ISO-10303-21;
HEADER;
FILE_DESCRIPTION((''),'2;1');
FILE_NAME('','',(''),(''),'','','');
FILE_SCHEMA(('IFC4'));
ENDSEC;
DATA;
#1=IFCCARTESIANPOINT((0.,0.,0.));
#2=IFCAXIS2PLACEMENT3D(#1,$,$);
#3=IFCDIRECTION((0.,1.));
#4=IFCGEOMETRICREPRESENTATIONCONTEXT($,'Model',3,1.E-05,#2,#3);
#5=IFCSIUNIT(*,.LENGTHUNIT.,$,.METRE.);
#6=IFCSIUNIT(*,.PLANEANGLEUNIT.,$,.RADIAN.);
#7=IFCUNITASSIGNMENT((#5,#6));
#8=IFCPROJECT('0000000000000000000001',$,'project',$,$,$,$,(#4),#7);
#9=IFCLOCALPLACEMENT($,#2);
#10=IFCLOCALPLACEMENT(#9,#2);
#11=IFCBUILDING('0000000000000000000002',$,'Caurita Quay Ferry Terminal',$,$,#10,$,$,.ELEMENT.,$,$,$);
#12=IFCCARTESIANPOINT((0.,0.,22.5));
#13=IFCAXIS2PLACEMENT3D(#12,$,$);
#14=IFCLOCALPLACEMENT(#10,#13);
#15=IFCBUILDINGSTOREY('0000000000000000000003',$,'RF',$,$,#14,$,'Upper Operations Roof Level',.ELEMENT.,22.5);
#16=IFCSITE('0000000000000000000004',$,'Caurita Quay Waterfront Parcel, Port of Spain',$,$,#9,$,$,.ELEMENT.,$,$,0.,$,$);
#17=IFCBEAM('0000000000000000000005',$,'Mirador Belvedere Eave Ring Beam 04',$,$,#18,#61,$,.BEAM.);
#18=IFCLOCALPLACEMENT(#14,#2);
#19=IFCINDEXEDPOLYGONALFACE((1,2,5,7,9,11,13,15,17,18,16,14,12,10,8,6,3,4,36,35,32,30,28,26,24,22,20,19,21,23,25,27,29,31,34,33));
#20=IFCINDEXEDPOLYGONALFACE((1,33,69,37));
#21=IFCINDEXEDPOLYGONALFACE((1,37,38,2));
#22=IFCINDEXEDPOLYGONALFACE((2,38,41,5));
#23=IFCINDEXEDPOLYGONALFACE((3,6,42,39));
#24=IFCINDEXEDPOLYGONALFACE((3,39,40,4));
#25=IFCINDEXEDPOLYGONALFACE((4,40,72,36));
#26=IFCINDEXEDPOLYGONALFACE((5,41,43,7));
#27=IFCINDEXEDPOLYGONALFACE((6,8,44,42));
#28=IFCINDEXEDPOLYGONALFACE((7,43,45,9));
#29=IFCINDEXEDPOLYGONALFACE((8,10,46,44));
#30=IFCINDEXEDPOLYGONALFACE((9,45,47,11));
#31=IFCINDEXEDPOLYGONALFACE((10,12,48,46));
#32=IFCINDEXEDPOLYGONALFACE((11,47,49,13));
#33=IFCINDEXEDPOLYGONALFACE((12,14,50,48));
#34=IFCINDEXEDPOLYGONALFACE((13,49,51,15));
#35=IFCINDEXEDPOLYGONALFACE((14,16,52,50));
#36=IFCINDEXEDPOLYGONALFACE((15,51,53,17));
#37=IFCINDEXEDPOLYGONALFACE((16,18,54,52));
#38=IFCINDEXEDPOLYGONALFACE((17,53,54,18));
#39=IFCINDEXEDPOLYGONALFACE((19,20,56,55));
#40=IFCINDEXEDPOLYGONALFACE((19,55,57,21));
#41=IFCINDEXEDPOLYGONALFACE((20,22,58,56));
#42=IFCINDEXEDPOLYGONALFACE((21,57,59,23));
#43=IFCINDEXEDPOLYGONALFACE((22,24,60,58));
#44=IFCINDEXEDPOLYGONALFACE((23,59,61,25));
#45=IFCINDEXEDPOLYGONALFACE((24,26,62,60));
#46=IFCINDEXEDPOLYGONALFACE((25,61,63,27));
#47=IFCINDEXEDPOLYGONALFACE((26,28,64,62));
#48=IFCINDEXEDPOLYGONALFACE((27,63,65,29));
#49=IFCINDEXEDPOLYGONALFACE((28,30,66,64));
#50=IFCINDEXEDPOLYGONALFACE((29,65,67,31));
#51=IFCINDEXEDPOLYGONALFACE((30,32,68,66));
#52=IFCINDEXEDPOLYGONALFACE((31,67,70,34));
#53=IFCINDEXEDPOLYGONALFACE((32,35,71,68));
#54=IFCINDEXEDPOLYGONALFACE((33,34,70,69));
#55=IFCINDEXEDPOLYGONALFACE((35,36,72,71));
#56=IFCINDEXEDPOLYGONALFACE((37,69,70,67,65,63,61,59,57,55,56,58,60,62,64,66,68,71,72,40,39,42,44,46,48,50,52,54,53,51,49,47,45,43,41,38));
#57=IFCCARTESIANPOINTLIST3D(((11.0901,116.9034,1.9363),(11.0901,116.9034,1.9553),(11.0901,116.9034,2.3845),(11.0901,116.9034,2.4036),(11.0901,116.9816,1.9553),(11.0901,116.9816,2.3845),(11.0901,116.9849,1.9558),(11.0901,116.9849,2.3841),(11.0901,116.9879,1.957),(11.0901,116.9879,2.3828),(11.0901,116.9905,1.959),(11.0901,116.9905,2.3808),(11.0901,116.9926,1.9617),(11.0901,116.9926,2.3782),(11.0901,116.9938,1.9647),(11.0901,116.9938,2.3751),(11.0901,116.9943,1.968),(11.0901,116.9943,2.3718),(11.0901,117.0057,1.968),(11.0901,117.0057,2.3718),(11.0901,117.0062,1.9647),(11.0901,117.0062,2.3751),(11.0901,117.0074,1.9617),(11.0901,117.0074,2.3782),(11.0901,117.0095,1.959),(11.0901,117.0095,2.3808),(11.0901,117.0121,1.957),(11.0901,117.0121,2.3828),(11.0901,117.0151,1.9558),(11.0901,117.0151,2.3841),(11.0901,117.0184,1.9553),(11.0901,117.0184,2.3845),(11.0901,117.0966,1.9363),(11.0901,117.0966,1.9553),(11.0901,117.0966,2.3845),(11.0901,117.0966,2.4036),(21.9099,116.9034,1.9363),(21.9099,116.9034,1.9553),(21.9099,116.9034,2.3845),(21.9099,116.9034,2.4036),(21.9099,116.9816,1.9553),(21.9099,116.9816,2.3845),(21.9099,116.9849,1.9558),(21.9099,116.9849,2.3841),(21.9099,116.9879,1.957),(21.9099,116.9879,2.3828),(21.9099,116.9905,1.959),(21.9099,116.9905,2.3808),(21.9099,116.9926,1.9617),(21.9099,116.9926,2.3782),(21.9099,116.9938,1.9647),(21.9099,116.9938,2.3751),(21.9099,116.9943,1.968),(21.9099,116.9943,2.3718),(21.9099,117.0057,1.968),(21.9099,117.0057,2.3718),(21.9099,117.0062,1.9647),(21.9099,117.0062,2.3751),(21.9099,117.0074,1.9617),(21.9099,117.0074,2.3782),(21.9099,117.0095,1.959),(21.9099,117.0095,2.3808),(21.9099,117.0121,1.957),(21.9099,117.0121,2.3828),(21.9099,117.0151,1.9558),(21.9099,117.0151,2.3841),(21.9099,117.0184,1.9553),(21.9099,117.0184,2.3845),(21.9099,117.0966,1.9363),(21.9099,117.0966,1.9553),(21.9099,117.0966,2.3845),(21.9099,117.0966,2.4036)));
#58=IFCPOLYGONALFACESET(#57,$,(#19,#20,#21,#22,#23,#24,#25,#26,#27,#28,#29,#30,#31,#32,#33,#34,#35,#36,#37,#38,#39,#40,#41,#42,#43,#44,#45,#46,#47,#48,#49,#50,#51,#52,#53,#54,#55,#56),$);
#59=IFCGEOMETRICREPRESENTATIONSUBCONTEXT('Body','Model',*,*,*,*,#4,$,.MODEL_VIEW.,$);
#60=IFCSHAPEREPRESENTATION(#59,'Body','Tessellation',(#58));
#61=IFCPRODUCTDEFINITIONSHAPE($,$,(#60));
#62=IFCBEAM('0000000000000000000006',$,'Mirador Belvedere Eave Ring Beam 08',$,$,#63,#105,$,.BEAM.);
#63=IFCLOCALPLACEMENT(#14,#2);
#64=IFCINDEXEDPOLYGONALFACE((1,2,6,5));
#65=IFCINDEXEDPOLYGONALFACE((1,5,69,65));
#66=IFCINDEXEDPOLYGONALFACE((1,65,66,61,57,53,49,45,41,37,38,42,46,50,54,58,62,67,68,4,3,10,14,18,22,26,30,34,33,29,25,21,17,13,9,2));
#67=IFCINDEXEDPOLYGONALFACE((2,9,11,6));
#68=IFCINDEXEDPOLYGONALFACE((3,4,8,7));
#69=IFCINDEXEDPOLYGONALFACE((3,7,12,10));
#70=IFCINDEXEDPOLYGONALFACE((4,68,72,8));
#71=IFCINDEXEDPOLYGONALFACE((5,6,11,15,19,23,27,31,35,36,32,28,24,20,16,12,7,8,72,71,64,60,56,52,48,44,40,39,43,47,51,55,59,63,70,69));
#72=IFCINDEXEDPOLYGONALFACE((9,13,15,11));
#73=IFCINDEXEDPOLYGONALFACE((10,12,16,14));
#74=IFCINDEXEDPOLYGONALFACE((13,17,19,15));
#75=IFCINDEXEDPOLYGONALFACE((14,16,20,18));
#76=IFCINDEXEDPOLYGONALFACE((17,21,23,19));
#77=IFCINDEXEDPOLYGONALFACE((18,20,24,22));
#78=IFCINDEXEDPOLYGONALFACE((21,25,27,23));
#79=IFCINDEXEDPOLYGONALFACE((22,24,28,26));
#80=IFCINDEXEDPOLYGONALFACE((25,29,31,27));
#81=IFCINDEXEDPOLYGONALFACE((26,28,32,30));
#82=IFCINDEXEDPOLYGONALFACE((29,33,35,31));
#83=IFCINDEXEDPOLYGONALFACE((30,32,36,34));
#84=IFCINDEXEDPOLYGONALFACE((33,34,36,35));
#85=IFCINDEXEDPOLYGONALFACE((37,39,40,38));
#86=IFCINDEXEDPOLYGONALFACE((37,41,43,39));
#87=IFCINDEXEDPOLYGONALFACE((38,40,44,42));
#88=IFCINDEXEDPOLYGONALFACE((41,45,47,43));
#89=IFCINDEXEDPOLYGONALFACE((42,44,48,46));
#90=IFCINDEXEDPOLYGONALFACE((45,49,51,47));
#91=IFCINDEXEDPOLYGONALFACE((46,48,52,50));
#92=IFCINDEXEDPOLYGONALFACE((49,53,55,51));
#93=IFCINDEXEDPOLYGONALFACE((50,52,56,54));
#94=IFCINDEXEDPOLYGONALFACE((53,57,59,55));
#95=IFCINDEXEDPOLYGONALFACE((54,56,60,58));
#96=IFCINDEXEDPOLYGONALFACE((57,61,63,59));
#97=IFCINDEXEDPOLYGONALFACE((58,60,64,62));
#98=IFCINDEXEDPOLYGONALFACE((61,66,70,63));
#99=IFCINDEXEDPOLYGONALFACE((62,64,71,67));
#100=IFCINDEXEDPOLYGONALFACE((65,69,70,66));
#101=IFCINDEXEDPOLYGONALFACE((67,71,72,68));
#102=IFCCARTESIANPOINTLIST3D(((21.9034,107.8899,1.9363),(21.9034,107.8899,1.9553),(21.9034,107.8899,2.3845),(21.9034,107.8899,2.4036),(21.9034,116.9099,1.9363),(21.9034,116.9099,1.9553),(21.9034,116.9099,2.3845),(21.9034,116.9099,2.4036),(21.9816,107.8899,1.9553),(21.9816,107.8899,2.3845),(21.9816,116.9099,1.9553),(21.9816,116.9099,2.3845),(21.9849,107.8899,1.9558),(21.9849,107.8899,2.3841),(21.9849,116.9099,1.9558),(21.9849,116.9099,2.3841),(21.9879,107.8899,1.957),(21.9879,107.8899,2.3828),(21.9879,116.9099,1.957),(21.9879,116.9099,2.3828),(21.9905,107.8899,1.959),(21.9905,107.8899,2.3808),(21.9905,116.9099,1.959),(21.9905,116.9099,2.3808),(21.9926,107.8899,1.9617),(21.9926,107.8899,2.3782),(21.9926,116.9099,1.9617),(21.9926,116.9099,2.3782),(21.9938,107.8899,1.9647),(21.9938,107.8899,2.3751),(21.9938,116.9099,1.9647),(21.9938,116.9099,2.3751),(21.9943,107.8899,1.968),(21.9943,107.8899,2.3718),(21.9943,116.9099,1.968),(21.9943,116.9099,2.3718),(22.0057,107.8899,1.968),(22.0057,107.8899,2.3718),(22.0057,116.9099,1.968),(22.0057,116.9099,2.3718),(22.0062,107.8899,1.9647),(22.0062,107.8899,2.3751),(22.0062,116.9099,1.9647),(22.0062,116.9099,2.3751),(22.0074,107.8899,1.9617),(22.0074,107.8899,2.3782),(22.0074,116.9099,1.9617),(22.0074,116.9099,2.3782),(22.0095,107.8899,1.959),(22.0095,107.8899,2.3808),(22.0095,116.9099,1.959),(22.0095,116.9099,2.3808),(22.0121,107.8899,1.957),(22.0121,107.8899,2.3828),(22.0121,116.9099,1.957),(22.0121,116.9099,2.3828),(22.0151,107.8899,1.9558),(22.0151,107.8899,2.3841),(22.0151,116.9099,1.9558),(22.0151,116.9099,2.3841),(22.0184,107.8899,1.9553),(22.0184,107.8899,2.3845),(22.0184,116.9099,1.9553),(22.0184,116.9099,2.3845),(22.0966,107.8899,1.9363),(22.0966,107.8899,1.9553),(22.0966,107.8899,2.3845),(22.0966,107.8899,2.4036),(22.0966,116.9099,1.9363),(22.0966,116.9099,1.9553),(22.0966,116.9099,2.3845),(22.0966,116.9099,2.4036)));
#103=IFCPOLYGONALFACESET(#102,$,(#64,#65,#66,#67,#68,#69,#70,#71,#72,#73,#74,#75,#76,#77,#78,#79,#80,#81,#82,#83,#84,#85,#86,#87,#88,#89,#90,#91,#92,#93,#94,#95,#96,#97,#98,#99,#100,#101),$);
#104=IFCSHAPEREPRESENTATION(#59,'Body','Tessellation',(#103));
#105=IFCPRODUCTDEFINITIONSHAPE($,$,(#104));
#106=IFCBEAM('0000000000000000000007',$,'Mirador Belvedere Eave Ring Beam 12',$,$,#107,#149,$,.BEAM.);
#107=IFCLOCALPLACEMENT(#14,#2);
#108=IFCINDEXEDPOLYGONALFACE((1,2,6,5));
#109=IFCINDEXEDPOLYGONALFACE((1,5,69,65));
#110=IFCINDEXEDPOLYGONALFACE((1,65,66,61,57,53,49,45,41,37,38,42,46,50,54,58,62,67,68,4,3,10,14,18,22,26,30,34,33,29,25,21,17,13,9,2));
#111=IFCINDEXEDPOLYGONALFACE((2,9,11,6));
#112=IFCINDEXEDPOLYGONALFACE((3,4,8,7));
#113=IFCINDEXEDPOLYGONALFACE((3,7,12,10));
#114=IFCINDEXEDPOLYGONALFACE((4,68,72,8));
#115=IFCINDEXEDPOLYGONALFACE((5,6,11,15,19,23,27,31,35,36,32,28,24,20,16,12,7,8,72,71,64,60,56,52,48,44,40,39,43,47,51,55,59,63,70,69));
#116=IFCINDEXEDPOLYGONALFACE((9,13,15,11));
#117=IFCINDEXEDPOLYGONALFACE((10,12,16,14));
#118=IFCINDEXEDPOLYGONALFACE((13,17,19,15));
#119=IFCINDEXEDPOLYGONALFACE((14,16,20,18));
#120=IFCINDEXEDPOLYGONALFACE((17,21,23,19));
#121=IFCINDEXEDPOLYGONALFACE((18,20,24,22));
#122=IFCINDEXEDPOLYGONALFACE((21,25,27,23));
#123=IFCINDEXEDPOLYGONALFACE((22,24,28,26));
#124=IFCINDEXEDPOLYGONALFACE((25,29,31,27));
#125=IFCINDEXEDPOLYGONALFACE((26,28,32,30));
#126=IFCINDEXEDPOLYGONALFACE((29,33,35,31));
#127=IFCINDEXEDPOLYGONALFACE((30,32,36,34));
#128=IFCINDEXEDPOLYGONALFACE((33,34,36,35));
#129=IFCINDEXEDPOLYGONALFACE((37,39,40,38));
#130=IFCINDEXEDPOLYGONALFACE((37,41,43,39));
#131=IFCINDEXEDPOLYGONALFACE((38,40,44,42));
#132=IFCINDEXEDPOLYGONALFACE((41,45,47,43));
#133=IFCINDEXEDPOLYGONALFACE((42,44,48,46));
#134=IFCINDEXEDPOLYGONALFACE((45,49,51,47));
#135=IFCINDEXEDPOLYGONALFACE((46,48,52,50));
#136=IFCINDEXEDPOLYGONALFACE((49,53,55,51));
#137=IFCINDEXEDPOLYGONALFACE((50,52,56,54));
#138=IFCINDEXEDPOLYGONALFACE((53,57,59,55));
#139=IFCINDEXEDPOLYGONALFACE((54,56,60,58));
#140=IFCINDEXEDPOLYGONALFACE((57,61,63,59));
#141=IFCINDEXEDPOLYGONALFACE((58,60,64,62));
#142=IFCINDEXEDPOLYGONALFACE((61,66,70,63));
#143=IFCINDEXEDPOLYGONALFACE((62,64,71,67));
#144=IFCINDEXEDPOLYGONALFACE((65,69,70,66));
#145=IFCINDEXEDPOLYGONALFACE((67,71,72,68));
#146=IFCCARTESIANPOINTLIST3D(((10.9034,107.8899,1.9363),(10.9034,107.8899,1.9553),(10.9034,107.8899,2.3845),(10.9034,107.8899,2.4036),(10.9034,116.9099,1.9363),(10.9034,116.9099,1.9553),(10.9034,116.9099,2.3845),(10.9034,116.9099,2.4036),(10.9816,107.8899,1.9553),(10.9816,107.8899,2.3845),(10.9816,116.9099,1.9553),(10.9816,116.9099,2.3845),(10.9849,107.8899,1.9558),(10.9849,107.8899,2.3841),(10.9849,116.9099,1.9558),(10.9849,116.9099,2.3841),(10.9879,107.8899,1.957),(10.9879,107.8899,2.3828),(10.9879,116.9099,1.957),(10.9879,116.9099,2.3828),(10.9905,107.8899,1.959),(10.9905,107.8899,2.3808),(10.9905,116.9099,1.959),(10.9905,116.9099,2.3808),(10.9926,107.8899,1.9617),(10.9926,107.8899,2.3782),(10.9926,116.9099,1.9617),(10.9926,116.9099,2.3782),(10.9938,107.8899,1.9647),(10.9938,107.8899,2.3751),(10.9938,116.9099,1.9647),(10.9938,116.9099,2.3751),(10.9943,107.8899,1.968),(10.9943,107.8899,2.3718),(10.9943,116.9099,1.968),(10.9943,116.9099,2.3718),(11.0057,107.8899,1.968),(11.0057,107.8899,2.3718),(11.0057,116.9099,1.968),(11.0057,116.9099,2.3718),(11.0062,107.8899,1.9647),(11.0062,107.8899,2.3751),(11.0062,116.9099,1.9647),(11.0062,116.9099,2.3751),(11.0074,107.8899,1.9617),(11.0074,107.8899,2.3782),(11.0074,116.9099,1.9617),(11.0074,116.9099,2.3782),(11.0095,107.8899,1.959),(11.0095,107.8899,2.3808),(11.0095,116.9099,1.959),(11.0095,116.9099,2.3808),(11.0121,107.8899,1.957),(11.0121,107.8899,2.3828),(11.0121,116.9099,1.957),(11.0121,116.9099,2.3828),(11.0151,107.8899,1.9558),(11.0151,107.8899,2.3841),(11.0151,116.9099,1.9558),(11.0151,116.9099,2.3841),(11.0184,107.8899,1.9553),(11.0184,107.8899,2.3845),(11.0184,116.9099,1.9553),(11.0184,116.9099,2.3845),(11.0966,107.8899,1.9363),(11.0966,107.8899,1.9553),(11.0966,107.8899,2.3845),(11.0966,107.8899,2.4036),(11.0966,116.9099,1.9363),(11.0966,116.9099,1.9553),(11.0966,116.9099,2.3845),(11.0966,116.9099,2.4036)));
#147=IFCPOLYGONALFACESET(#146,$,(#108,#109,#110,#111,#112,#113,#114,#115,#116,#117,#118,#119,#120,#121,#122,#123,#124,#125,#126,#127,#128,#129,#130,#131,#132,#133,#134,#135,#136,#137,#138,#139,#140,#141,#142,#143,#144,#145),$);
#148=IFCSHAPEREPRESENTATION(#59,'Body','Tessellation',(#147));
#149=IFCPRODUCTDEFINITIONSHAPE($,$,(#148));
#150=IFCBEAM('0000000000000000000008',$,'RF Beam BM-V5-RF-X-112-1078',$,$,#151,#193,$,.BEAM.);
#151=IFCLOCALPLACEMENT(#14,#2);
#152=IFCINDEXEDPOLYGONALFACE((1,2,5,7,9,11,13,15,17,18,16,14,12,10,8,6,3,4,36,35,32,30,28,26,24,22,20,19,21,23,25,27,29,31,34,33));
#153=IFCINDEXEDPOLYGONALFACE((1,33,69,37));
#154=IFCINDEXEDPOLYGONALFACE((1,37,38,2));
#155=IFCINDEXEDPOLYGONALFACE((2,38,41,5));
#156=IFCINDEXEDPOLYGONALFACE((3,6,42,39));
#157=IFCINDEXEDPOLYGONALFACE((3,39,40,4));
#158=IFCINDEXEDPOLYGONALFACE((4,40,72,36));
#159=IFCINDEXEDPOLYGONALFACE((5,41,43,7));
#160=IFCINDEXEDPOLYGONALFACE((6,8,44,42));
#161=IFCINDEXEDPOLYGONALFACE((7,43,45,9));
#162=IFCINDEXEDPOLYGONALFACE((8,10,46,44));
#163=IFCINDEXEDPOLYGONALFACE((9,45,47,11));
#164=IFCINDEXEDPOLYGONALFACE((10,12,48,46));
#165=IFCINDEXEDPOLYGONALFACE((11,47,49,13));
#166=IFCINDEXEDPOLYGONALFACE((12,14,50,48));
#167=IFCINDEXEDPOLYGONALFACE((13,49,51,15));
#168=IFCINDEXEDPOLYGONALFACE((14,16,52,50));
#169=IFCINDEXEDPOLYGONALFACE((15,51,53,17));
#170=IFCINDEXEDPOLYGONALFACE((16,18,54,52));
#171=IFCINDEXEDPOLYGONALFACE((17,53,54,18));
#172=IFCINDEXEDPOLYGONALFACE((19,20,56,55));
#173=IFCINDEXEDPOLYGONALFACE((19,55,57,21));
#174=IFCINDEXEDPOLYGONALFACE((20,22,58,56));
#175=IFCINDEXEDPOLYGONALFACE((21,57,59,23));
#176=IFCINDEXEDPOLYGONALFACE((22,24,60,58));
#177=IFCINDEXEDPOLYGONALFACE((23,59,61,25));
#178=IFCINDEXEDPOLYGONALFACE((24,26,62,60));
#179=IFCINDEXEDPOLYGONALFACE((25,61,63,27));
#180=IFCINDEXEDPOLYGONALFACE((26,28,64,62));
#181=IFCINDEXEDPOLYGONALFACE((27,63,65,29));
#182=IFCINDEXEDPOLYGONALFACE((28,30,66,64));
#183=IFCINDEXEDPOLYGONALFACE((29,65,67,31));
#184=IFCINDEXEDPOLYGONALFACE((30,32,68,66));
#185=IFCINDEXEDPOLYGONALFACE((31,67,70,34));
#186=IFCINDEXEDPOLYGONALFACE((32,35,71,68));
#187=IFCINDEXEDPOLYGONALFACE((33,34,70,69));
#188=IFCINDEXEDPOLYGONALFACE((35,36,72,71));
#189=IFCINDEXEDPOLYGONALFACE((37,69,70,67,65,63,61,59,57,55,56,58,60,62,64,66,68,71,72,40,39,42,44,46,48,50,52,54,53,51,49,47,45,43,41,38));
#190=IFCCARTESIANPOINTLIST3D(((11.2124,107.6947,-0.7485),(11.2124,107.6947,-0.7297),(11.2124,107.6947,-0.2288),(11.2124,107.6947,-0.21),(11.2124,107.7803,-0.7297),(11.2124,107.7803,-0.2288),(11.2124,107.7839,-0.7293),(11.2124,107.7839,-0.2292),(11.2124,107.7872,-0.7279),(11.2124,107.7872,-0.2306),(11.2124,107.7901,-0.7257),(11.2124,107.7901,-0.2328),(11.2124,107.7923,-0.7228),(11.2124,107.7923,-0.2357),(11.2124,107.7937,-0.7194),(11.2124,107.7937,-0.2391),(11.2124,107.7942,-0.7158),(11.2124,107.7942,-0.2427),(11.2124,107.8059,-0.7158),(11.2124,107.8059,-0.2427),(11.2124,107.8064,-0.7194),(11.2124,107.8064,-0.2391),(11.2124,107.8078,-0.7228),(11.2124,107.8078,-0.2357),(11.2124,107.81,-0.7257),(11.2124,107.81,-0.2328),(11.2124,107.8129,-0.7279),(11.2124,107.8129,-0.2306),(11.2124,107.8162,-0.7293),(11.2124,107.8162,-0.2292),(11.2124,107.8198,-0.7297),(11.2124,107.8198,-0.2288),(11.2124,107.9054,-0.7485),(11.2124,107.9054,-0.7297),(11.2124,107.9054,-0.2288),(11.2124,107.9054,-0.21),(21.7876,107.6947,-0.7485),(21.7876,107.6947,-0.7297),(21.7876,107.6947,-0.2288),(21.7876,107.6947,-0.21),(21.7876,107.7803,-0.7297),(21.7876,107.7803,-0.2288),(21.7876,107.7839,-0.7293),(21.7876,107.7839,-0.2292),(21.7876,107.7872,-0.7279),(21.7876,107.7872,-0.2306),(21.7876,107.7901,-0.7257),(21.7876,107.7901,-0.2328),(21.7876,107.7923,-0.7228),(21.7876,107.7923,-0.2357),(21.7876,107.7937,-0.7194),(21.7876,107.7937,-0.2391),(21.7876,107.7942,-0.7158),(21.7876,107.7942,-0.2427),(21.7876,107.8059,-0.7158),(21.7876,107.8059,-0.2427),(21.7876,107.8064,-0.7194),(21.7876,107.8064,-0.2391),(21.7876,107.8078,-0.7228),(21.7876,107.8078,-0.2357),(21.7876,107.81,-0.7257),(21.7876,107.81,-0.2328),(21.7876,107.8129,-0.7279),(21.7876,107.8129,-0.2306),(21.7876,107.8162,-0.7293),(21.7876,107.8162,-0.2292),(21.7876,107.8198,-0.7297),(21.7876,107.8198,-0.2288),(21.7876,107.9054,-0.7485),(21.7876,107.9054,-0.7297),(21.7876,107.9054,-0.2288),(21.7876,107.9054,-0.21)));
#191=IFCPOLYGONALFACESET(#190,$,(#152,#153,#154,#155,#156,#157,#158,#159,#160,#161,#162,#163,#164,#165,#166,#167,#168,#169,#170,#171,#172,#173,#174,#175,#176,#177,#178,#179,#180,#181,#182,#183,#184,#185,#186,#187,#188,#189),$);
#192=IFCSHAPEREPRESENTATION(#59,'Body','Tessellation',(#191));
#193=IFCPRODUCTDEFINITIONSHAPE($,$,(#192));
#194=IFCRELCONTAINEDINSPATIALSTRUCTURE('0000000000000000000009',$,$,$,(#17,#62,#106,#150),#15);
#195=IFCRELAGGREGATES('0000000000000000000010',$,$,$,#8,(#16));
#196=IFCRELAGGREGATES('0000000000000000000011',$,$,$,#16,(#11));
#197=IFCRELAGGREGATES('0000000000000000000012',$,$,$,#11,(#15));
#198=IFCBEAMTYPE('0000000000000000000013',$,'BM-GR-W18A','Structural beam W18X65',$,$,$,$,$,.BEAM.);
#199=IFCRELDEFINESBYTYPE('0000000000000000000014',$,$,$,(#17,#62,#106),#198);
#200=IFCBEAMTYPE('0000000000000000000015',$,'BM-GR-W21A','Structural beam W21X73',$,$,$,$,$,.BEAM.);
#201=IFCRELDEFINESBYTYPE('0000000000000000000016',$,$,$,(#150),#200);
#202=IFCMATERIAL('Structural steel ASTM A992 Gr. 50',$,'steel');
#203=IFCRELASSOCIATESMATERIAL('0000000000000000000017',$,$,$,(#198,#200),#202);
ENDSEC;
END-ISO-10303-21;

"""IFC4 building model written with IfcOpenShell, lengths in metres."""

from ifc_helpers import new_model, si_unit, direction, frame, origin, origin_2d, place, context, subcontext, project, spatial, i_section, extrude, material, material_profile, profile_set, type_object, element, save


model = new_model("IFC4")

# Units and contexts
model_context = context("Model", 3, precision=1e-05, world=origin(), true_north=direction((0.0, 1.0)))
body_context = subcontext(model_context, "Body", "Model", "MODEL_VIEW")
ifc_project = project(units=[si_unit("LENGTHUNIT", "METRE"), si_unit("PLANEANGLEUNIT", "RADIAN")], contexts=[model_context])

# Site, building, storey
site_placement = place(None, origin())
site = spatial("IfcSite", under=ifc_project, at=site_placement, Name="Caurita Quay Waterfront Parcel, Port of Spain", CompositionType="ELEMENT", RefElevation=0.0)
building_placement = place(site_placement, origin())
building = spatial("IfcBuilding", under=site, at=building_placement, Name="Caurita Quay Ferry Terminal", CompositionType="ELEMENT")
storey_placement = place(building_placement, frame((0.0, 0.0, 22.5)))
storey = spatial("IfcBuildingStorey", under=building, at=storey_placement, Name="RF", LongName="Upper Operations Roof Level", CompositionType="ELEMENT", Elevation=22.5)

# Beams
ifc_material_1 = material(Name="Structural steel ASTM A992 Gr. 50", Category="steel")
ifc_material_profile_1 = material_profile(ifc_material_1, i_section(OverallWidth=0.1931, OverallDepth=0.4673, WebThickness=0.0115, FlangeThickness=0.019, FilletRadius=0.0127, at=origin_2d()), Name="W18X65")
ifc_profile_set_1 = profile_set([ifc_material_profile_1], Name="Structural steel ASTM A992 Gr. 50")
beam_type_1 = type_object("IfcBeamType", Name="BM-GR-W18A", Description="Structural beam W18X65", PredefinedType="BEAM", material=ifc_profile_set_1)
beam_1_placement = place(storey_placement, frame((11.0901, 117.0, 2.1699), z_axis=(1.0, 0.0, 0.0), x_axis=(0.0, 1.0, 0.0)))
element("IfcBeam", 1, at=beam_1_placement, inside=storey, type_object=beam_type_1, Name="Mirador Belvedere Eave Ring Beam 04", PredefinedType="BEAM", context=body_context, shape_type="SweptSolid", body=[
    extrude(i_section(OverallWidth=0.1931, OverallDepth=0.4673, WebThickness=0.0115, FlangeThickness=0.019, FilletRadius=0.0127, at=origin_2d()), origin(), (0.0, 0.0, 1.0), 10.8198),
])
for number, where, z_axis, x_axis, name in (
    (2, (22.0, 107.8899, 2.1699), (0.0, 1.0, 0.0), (-1.0, 0.0, 0.0), "Mirador Belvedere Eave Ring Beam 08"),
    (3, (11.0, 107.8899, 2.1699), (0.0, 1.0, 0.0), (-1.0, 0.0, 0.0), "Mirador Belvedere Eave Ring Beam 12"),
):
    element("IfcBeam", number, at=place(storey_placement, frame(where, z_axis=z_axis, x_axis=x_axis)), inside=storey, type_object=beam_type_1, Name=name, PredefinedType="BEAM", context=body_context, shape_type="SweptSolid", body=[
        extrude(i_section(OverallWidth=0.1931, OverallDepth=0.4673, WebThickness=0.0115, FlangeThickness=0.019, FilletRadius=0.0127, at=origin_2d()), origin(), (0.0, 0.0, 1.0), 9.02),
    ])
ifc_material_profile_2 = material_profile(ifc_material_1, i_section(OverallWidth=0.2107, OverallDepth=0.5386, WebThickness=0.0117, FlangeThickness=0.0188, FilletRadius=0.0139, at=origin_2d()), Name="W21X73")
ifc_profile_set_2 = profile_set([ifc_material_profile_2], Name="Structural steel ASTM A992 Gr. 50")
beam_type_2 = type_object("IfcBeamType", Name="BM-GR-W21A", Description="Structural beam W21X73", PredefinedType="BEAM", material=ifc_profile_set_2)
for number, where, z_axis, x_axis, name in (
    (4, (11.2124, 107.8, -0.4792), (1.0, 0.0, 0.0), (0.0, 1.0, 0.0), "RF Beam BM-V5-RF-X-112-1078"),
):
    element("IfcBeam", number, at=place(storey_placement, frame(where, z_axis=z_axis, x_axis=x_axis)), inside=storey, type_object=beam_type_2, Name=name, PredefinedType="BEAM", context=body_context, shape_type="SweptSolid", body=[
        extrude(i_section(OverallWidth=0.2107, OverallDepth=0.5386, WebThickness=0.0117, FlangeThickness=0.0188, FilletRadius=0.0139, at=origin_2d()), origin(), (0.0, 0.0, 1.0), 10.5752),
    ])

save(model, "model.ifc")
